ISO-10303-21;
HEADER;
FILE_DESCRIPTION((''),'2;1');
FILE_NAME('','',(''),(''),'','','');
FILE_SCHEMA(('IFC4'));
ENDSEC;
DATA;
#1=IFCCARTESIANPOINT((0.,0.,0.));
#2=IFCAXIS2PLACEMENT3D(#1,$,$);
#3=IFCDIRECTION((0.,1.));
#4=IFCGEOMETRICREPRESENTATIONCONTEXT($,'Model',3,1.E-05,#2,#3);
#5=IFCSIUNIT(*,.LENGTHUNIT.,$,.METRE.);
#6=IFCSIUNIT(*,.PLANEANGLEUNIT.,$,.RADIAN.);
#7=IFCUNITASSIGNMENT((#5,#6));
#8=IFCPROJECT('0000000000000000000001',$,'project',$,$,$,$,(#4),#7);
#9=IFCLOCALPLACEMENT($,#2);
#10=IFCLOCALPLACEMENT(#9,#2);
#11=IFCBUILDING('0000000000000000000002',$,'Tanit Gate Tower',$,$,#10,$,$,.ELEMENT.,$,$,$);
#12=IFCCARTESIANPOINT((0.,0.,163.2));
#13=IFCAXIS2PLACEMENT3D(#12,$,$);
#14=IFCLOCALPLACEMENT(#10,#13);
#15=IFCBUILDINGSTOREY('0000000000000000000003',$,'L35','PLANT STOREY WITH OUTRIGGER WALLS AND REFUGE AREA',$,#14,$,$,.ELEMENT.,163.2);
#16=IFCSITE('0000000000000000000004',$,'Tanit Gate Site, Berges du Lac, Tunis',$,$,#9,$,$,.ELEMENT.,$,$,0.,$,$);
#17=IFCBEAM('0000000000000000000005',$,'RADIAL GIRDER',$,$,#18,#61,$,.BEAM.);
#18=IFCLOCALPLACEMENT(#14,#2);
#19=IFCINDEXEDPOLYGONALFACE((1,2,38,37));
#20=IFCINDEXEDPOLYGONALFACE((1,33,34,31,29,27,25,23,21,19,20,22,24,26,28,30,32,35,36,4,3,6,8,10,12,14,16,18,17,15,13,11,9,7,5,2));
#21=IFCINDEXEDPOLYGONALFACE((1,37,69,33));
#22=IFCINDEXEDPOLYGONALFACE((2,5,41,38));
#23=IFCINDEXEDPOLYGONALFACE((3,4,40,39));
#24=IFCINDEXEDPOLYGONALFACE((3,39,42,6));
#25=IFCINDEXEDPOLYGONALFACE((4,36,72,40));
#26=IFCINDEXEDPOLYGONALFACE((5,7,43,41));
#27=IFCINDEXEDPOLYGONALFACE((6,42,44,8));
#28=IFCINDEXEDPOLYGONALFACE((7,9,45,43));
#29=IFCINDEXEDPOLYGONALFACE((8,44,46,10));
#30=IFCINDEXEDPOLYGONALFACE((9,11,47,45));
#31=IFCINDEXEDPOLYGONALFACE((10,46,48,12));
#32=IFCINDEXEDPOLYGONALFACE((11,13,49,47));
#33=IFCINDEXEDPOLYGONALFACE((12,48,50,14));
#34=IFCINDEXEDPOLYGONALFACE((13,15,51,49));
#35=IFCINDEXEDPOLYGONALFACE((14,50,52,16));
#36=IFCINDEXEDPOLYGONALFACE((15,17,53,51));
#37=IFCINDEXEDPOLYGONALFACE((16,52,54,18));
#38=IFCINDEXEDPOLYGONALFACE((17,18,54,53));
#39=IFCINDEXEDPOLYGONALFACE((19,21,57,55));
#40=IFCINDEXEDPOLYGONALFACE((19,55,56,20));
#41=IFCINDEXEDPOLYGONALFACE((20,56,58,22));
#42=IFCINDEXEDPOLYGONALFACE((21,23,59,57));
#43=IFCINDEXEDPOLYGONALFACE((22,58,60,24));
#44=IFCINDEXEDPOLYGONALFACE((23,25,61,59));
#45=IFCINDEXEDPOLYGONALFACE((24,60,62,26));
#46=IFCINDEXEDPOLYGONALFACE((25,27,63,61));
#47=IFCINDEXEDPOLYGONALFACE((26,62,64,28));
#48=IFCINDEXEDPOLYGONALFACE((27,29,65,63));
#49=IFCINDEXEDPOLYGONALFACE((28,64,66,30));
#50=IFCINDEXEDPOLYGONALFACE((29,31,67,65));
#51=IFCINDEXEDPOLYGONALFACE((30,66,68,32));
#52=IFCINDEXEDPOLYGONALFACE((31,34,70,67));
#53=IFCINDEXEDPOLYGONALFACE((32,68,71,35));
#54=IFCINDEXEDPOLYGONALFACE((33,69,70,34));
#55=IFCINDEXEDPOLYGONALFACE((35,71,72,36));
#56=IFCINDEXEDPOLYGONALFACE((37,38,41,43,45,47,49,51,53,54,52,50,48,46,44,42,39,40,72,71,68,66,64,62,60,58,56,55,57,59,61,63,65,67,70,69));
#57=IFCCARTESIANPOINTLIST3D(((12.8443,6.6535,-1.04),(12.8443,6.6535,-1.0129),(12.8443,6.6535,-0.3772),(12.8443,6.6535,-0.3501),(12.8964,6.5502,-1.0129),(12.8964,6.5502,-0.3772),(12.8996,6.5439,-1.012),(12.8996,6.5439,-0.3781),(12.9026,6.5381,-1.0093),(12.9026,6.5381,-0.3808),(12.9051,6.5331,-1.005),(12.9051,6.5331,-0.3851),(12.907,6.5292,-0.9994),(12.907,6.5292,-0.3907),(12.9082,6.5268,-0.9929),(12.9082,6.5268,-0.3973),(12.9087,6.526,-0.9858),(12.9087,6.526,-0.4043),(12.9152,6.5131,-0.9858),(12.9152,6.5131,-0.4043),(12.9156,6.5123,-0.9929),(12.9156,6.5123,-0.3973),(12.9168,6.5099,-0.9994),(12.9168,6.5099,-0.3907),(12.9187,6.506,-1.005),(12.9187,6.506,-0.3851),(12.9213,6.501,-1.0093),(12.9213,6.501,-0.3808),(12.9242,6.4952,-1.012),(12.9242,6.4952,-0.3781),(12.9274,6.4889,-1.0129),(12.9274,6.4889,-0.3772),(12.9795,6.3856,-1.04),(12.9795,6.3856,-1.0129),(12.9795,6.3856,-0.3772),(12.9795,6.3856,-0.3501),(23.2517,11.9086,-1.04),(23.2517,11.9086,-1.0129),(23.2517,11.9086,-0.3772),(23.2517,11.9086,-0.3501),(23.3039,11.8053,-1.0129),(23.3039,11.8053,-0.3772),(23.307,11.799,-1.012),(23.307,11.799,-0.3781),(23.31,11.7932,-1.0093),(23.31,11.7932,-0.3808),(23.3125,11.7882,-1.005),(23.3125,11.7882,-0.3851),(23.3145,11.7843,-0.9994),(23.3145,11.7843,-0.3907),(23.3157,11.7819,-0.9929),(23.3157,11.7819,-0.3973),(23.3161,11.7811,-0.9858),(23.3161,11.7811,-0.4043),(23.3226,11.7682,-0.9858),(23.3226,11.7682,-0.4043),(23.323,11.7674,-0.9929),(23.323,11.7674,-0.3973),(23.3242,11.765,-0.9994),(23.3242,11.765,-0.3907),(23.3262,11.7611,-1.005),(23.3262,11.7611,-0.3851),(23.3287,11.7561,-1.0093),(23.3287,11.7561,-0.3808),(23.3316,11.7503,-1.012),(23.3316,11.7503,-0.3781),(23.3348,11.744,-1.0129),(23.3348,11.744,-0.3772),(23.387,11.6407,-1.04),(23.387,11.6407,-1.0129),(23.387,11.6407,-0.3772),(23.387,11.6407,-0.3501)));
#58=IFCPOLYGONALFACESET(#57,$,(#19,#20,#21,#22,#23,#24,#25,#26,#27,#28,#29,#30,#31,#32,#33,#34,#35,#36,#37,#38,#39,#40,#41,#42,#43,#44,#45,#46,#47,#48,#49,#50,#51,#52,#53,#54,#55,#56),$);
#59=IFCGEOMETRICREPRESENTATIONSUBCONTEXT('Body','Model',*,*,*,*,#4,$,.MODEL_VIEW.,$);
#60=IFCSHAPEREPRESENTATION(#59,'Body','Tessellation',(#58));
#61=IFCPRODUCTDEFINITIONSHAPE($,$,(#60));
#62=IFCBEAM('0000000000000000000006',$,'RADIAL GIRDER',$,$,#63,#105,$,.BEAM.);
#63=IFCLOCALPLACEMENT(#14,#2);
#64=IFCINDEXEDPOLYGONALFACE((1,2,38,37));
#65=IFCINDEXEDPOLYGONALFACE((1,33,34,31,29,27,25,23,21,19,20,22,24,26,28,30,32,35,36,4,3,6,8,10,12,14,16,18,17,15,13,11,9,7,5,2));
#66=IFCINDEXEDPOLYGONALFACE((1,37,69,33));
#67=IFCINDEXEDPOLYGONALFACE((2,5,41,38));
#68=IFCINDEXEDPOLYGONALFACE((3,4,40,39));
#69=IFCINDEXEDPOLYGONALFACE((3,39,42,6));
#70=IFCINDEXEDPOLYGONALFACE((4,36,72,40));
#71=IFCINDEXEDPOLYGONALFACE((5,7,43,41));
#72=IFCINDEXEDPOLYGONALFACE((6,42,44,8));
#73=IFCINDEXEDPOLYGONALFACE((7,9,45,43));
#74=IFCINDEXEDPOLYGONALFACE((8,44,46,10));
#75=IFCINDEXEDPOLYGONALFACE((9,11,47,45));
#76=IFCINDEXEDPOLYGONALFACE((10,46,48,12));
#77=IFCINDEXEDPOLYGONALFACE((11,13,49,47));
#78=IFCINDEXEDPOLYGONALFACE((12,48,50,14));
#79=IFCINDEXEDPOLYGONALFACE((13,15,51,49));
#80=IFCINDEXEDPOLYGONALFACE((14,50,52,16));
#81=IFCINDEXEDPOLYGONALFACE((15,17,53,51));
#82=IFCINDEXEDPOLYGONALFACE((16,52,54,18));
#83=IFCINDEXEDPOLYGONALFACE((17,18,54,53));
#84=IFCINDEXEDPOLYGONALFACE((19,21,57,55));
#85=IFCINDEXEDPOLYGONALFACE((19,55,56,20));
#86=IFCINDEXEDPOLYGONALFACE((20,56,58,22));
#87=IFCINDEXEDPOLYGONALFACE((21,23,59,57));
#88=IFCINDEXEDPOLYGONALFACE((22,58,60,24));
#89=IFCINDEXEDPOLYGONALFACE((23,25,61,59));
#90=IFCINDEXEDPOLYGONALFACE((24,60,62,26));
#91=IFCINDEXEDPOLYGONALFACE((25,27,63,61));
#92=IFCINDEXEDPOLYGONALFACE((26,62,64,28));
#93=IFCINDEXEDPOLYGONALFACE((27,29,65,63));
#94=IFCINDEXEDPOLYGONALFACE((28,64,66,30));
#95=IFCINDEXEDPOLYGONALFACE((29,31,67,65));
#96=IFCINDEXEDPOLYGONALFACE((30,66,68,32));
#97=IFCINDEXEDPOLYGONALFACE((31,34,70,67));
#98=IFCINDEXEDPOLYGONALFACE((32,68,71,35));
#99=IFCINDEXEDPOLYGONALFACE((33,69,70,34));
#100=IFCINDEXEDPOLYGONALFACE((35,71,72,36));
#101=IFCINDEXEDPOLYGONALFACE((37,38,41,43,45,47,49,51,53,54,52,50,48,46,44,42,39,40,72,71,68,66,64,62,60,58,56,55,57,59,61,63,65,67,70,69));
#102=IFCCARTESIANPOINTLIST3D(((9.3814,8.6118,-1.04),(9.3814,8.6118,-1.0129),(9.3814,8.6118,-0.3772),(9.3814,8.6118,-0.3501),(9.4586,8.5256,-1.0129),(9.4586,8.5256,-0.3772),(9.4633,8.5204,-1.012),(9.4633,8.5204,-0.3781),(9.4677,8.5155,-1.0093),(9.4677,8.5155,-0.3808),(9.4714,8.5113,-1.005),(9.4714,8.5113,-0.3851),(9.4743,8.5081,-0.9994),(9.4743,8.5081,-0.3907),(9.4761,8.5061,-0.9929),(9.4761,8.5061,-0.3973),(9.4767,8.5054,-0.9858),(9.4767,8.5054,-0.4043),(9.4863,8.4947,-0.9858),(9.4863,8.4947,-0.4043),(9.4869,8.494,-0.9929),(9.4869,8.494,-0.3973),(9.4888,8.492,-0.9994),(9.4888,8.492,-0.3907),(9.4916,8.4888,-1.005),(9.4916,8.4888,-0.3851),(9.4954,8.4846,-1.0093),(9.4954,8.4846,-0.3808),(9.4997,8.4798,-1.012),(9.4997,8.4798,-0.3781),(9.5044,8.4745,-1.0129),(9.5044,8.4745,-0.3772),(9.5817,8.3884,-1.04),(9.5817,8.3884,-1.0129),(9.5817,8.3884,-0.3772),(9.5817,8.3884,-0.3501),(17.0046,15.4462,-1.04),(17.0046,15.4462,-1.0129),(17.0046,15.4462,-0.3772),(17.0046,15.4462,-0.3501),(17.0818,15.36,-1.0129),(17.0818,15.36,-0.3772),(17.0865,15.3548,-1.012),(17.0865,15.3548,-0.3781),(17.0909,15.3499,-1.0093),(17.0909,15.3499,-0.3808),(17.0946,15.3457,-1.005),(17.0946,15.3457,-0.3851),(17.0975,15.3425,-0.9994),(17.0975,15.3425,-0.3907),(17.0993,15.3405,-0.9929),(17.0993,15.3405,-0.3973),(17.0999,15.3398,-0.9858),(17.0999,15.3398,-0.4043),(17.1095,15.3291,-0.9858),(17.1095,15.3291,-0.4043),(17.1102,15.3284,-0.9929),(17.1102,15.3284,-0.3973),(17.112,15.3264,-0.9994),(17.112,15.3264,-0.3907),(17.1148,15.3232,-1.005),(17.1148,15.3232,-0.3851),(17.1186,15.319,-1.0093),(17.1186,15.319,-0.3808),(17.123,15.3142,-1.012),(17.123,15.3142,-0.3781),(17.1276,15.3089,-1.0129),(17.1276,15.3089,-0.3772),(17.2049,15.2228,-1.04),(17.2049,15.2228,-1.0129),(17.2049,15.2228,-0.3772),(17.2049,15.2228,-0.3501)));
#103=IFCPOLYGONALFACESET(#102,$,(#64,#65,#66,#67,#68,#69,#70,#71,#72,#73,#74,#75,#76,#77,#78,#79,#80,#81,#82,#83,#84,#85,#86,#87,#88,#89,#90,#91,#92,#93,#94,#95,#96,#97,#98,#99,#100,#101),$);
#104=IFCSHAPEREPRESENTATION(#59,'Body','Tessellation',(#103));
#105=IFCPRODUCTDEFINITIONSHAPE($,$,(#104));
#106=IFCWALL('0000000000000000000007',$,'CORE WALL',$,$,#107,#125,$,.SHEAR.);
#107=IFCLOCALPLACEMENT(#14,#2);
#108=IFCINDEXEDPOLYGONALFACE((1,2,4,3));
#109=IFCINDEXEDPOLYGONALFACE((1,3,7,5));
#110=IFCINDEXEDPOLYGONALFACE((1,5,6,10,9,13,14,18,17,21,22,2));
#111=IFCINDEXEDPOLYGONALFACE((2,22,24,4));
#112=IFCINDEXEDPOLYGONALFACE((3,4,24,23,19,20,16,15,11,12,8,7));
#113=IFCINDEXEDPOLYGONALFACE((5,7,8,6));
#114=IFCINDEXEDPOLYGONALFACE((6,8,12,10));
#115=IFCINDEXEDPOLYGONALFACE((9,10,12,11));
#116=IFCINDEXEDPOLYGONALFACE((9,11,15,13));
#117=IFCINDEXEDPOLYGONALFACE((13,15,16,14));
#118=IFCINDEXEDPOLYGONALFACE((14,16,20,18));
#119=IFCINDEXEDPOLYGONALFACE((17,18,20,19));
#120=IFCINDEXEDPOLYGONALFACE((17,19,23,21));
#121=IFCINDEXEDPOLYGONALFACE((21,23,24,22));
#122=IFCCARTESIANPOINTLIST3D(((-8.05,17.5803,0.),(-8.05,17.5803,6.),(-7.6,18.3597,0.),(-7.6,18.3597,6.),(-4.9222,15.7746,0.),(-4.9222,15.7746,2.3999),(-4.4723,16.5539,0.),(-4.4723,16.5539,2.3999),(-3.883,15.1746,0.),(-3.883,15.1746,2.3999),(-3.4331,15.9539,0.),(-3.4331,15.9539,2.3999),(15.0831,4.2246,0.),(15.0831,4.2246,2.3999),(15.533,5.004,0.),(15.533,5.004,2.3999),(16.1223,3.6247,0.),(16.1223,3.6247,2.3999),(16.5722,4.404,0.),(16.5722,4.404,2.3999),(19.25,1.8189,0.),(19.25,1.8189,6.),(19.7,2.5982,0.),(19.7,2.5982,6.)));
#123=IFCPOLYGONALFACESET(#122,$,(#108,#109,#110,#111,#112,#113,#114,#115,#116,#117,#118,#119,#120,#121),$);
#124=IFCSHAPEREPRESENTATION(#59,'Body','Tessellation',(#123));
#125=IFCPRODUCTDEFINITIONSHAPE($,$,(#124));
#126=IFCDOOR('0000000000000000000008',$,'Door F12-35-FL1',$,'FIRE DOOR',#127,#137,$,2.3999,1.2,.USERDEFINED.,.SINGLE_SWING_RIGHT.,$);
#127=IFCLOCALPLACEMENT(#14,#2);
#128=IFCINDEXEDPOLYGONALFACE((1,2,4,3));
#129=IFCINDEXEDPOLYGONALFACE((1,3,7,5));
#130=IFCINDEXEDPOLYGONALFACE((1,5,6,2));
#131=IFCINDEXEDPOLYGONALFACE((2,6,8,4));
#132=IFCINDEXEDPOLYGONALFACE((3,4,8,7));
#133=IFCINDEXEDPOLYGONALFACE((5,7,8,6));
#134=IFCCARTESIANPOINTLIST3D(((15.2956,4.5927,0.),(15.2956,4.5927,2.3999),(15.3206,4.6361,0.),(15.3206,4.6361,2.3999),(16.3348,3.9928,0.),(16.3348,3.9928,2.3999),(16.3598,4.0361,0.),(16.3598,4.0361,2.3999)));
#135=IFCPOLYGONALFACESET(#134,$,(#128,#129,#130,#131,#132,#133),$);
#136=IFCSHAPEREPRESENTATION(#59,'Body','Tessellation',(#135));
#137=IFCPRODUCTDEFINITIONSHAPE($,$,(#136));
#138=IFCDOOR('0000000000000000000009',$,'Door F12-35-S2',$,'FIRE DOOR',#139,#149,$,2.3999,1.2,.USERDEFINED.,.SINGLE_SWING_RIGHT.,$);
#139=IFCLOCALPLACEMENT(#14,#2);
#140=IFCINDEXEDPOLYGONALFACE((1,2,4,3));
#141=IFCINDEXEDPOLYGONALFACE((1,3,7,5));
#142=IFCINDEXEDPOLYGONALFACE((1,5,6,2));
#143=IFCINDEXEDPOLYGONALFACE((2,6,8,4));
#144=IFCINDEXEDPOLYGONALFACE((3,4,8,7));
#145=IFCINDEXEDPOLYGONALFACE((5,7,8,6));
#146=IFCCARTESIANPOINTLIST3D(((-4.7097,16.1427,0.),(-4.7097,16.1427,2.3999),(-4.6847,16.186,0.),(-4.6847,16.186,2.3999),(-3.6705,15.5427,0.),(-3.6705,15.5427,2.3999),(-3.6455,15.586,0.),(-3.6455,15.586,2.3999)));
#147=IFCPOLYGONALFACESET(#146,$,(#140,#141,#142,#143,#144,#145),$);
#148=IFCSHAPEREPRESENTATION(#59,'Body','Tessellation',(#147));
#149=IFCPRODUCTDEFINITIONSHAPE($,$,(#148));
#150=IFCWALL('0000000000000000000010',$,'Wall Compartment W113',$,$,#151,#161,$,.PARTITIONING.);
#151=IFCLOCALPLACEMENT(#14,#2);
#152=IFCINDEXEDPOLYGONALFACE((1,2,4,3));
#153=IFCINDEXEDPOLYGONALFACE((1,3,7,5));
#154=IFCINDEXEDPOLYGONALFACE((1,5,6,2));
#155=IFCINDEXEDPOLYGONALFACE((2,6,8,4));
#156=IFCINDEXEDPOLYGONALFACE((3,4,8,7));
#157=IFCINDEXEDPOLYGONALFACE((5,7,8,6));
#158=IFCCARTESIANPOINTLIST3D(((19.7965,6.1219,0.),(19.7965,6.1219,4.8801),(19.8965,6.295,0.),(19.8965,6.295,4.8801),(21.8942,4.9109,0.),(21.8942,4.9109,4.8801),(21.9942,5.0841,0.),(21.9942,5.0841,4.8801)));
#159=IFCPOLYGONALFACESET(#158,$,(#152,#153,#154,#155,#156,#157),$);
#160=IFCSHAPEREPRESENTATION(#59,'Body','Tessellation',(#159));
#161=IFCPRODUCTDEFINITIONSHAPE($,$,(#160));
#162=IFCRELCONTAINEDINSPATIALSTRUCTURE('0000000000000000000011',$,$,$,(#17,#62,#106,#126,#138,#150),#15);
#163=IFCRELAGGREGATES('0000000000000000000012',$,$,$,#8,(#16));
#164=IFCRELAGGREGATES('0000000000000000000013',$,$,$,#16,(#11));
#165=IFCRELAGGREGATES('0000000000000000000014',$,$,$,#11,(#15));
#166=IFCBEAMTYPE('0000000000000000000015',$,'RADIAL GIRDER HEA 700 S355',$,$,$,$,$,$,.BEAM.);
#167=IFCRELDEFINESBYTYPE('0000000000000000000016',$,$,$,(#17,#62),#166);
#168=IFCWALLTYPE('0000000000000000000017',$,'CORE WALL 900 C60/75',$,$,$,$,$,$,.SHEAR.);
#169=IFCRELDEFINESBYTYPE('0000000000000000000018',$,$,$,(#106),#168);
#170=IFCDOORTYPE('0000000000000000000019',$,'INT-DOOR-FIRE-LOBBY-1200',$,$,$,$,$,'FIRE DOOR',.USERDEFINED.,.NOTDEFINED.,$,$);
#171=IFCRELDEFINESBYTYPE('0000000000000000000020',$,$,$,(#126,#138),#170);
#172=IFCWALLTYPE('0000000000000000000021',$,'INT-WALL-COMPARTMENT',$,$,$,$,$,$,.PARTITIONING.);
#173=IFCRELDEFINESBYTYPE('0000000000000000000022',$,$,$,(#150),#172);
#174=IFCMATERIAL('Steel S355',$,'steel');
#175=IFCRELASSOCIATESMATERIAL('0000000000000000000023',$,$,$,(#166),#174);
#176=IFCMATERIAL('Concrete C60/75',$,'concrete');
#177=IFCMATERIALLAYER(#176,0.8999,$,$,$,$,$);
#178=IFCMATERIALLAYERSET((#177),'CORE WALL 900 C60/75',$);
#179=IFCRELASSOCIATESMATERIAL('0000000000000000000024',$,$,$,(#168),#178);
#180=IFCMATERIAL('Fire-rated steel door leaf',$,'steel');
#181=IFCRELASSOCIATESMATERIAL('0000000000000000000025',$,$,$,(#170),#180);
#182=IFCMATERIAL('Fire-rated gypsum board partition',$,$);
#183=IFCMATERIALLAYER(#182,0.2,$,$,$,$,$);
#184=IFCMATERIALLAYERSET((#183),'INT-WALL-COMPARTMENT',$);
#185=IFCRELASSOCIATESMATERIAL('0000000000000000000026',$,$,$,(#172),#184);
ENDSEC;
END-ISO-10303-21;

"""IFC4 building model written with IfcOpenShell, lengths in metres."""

from ifc_helpers import new_model, si_unit, direction, frame, frame_2d, origin, origin_2d, place, context, subcontext, project, spatial, rectangle, i_section, extrude, material, layer, layer_set, material_profile, profile_set, type_object, element, fill, save


model = new_model("IFC4")

# Units and contexts
model_context = context("Model", 3, precision=1e-05, world=origin(), true_north=direction((0.0, 1.0)))
body_context = subcontext(model_context, "Body", "Model", "MODEL_VIEW")
ifc_project = project(units=[si_unit("LENGTHUNIT", "METRE"), si_unit("PLANEANGLEUNIT", "RADIAN")], contexts=[model_context])

# Site, building, storey
site_placement = place(None, origin())
site = spatial("IfcSite", under=ifc_project, at=site_placement, Name="Tanit Gate Site, Berges du Lac, Tunis", CompositionType="ELEMENT", RefElevation=0.0)
building_placement = place(site_placement, origin())
building = spatial("IfcBuilding", under=site, at=building_placement, Name="Tanit Gate Tower", CompositionType="ELEMENT")
storey_placement = place(building_placement, frame((0.0, 0.0, 163.2)))
storey = spatial("IfcBuildingStorey", under=building, at=storey_placement, Name="L35", Description="PLANT STOREY WITH OUTRIGGER WALLS AND REFUGE AREA", CompositionType="ELEMENT", Elevation=163.2)

# Beams
ifc_material_1 = material(Name="Steel S355", Category="steel")
ifc_material_profile_1 = material_profile(ifc_material_1, i_section(OverallWidth=0.3, OverallDepth=0.6899, WebThickness=0.0144, FlangeThickness=0.0271, FilletRadius=0.0271, at=origin_2d()), Name="HEA 700")
ifc_profile_set_1 = profile_set([ifc_material_profile_1], Name="Steel S355")
beam_type_1 = type_object("IfcBeamType", Name="RADIAL GIRDER HEA 700 S355", PredefinedType="BEAM", material=ifc_profile_set_1)
beam_1_placement = place(storey_placement, frame((23.3193, 11.7747, -0.6951), z_axis=(-0.892657, -0.450736, 0.0), x_axis=(0.450736, -0.892657, 0.0)))
element("IfcBeam", 1, at=beam_1_placement, inside=storey, type_object=beam_type_1, Name="RADIAL GIRDER", PredefinedType="BEAM", context=body_context, shape_type="SweptSolid", body=[
    extrude(i_section(OverallWidth=0.3, OverallDepth=0.6899, WebThickness=0.0144, FlangeThickness=0.0271, FilletRadius=0.0271, at=origin_2d()), origin(), (0.0, 0.0, 1.0), 11.6589),
])
beam_2_placement = place(storey_placement, frame((17.1047, 15.3345, -0.6951), z_axis=(-0.744579, -0.667534, 0.0), x_axis=(0.667534, -0.744579, 0.0)))
element("IfcBeam", 2, at=beam_2_placement, inside=storey, type_object=beam_type_1, Name="RADIAL GIRDER", PredefinedType="BEAM", context=body_context, shape_type="SweptSolid", body=[
    extrude(i_section(OverallWidth=0.3, OverallDepth=0.6899, WebThickness=0.0144, FlangeThickness=0.0271, FilletRadius=0.0271, at=origin_2d()), origin(), (0.0, 0.0, 1.0), 10.2383),
])

# Wall, openings, doors
ifc_material_2 = material(Name="Concrete C60/75", Category="concrete")
ifc_layer_1 = layer(ifc_material_2, 0.8999)
ifc_layer_set_1 = layer_set([ifc_layer_1], Name="CORE WALL 900 C60/75")
wall_type_1 = type_object("IfcWallType", Name="CORE WALL 900 C60/75", PredefinedType="SHEAR", material=ifc_layer_set_1)
wall_1_placement = place(storey_placement, frame((19.4751, 2.2085, 0.0), z_axis=(0.0, 0.0, 1.0), x_axis=(-0.866028, 0.499995, 0.0)))
wall_1 = element("IfcWall", 3, at=wall_1_placement, inside=storey, type_object=wall_type_1, Name="CORE WALL", PredefinedType="SHEAR", context=body_context, shape_type="SweptSolid", body=[
    extrude(rectangle(XDim=31.5232, YDim=0.8999, at=frame_2d((15.7617, 0.0))), origin(), (0.0, 0.0, 1.0), 6.0),
])
opening_1_placement = place(wall_1_placement, frame((3.6116, 0.0, 0.0)))
opening_1 = element("IfcOpeningElement", 4, at=opening_1_placement, cuts=wall_1, PredefinedType="OPENING", context=body_context, shape_type="SweptSolid", body=[
    extrude(rectangle(XDim=1.2, YDim=2.3999, at=frame_2d((0.6001, 1.2))), frame((0.0, 0.46, 0.0), z_axis=(0.0, -1.0, 0.0), x_axis=(1.0, 0.0, 0.0)), (0.0, 0.0, 1.0), 0.9199),
])
opening_2_placement = place(wall_1_placement, frame((26.7117, 0.0, 0.0)))
opening_2 = element("IfcOpeningElement", 5, at=opening_2_placement, cuts=wall_1, PredefinedType="OPENING", context=body_context, shape_type="SweptSolid", body=[
    extrude(rectangle(XDim=1.2, YDim=2.3999, at=frame_2d((0.6001, 1.2))), frame((0.0, 0.46, 0.0), z_axis=(0.0, -1.0, 0.0), x_axis=(1.0, 0.0, 0.0)), (0.0, 0.0, 1.0), 0.9199),
])
ifc_material_3 = material(Name="Fire-rated steel door leaf", Category="steel")
door_type_1 = type_object("IfcDoorType", Name="INT-DOOR-FIRE-LOBBY-1200", ElementType="FIRE DOOR", OperationType="NOTDEFINED", PredefinedType="USERDEFINED", material=ifc_material_3)
door_1_placement = place(opening_1_placement, origin())
door_1 = element("IfcDoor", 6, at=door_1_placement, inside=storey, type_object=door_type_1, Name="Door F12-35-FL1", ObjectType="FIRE DOOR", OperationType="SINGLE_SWING_RIGHT", OverallHeight=2.3999, OverallWidth=1.2, PredefinedType="USERDEFINED", context=body_context, shape_type="SweptSolid", body=[
    extrude(rectangle(XDim=1.2, YDim=2.3999, at=frame_2d((0.6001, 1.2))), frame((0.0, 0.0249, 0.0), z_axis=(0.0, -1.0, 0.0), x_axis=(1.0, 0.0, 0.0)), (0.0, 0.0, 1.0), 0.05),
])
fill(opening_1, door_1)
door_2_placement = place(opening_2_placement, origin())
door_2 = element("IfcDoor", 7, at=door_2_placement, inside=storey, type_object=door_type_1, Name="Door F12-35-S2", ObjectType="FIRE DOOR", OperationType="SINGLE_SWING_RIGHT", OverallHeight=2.3999, OverallWidth=1.2, PredefinedType="USERDEFINED", context=body_context, shape_type="SweptSolid", body=[
    extrude(rectangle(XDim=1.2, YDim=2.3999, at=frame_2d((0.6001, 1.2))), frame((0.0, 0.0249, 0.0), z_axis=(0.0, -1.0, 0.0), x_axis=(1.0, 0.0, 0.0)), (0.0, 0.0, 1.0), 0.05),
])
fill(opening_2, door_2)

# Wall
ifc_material_4 = material(Name="Fire-rated gypsum board partition")
ifc_layer_2 = layer(ifc_material_4, 0.2)
ifc_layer_set_2 = layer_set([ifc_layer_2], Name="INT-WALL-COMPARTMENT")
wall_type_2 = type_object("IfcWallType", Name="INT-WALL-COMPARTMENT", PredefinedType="PARTITIONING", material=ifc_layer_set_2)
wall_2_placement = place(storey_placement, frame((21.9441, 4.9976, 0.0), z_axis=(0.0, 0.0, 1.0), x_axis=(-0.866051, 0.499955, 0.0)))
element("IfcWall", 8, at=wall_2_placement, inside=storey, type_object=wall_type_2, Name="Wall Compartment W113", PredefinedType="PARTITIONING", context=body_context, shape_type="SweptSolid", body=[
    extrude(rectangle(XDim=2.4221, YDim=0.2, at=frame_2d((1.2109, 0.0))), origin(), (0.0, 0.0, 1.0), 4.8801),
])

save(model, "model.ifc")
